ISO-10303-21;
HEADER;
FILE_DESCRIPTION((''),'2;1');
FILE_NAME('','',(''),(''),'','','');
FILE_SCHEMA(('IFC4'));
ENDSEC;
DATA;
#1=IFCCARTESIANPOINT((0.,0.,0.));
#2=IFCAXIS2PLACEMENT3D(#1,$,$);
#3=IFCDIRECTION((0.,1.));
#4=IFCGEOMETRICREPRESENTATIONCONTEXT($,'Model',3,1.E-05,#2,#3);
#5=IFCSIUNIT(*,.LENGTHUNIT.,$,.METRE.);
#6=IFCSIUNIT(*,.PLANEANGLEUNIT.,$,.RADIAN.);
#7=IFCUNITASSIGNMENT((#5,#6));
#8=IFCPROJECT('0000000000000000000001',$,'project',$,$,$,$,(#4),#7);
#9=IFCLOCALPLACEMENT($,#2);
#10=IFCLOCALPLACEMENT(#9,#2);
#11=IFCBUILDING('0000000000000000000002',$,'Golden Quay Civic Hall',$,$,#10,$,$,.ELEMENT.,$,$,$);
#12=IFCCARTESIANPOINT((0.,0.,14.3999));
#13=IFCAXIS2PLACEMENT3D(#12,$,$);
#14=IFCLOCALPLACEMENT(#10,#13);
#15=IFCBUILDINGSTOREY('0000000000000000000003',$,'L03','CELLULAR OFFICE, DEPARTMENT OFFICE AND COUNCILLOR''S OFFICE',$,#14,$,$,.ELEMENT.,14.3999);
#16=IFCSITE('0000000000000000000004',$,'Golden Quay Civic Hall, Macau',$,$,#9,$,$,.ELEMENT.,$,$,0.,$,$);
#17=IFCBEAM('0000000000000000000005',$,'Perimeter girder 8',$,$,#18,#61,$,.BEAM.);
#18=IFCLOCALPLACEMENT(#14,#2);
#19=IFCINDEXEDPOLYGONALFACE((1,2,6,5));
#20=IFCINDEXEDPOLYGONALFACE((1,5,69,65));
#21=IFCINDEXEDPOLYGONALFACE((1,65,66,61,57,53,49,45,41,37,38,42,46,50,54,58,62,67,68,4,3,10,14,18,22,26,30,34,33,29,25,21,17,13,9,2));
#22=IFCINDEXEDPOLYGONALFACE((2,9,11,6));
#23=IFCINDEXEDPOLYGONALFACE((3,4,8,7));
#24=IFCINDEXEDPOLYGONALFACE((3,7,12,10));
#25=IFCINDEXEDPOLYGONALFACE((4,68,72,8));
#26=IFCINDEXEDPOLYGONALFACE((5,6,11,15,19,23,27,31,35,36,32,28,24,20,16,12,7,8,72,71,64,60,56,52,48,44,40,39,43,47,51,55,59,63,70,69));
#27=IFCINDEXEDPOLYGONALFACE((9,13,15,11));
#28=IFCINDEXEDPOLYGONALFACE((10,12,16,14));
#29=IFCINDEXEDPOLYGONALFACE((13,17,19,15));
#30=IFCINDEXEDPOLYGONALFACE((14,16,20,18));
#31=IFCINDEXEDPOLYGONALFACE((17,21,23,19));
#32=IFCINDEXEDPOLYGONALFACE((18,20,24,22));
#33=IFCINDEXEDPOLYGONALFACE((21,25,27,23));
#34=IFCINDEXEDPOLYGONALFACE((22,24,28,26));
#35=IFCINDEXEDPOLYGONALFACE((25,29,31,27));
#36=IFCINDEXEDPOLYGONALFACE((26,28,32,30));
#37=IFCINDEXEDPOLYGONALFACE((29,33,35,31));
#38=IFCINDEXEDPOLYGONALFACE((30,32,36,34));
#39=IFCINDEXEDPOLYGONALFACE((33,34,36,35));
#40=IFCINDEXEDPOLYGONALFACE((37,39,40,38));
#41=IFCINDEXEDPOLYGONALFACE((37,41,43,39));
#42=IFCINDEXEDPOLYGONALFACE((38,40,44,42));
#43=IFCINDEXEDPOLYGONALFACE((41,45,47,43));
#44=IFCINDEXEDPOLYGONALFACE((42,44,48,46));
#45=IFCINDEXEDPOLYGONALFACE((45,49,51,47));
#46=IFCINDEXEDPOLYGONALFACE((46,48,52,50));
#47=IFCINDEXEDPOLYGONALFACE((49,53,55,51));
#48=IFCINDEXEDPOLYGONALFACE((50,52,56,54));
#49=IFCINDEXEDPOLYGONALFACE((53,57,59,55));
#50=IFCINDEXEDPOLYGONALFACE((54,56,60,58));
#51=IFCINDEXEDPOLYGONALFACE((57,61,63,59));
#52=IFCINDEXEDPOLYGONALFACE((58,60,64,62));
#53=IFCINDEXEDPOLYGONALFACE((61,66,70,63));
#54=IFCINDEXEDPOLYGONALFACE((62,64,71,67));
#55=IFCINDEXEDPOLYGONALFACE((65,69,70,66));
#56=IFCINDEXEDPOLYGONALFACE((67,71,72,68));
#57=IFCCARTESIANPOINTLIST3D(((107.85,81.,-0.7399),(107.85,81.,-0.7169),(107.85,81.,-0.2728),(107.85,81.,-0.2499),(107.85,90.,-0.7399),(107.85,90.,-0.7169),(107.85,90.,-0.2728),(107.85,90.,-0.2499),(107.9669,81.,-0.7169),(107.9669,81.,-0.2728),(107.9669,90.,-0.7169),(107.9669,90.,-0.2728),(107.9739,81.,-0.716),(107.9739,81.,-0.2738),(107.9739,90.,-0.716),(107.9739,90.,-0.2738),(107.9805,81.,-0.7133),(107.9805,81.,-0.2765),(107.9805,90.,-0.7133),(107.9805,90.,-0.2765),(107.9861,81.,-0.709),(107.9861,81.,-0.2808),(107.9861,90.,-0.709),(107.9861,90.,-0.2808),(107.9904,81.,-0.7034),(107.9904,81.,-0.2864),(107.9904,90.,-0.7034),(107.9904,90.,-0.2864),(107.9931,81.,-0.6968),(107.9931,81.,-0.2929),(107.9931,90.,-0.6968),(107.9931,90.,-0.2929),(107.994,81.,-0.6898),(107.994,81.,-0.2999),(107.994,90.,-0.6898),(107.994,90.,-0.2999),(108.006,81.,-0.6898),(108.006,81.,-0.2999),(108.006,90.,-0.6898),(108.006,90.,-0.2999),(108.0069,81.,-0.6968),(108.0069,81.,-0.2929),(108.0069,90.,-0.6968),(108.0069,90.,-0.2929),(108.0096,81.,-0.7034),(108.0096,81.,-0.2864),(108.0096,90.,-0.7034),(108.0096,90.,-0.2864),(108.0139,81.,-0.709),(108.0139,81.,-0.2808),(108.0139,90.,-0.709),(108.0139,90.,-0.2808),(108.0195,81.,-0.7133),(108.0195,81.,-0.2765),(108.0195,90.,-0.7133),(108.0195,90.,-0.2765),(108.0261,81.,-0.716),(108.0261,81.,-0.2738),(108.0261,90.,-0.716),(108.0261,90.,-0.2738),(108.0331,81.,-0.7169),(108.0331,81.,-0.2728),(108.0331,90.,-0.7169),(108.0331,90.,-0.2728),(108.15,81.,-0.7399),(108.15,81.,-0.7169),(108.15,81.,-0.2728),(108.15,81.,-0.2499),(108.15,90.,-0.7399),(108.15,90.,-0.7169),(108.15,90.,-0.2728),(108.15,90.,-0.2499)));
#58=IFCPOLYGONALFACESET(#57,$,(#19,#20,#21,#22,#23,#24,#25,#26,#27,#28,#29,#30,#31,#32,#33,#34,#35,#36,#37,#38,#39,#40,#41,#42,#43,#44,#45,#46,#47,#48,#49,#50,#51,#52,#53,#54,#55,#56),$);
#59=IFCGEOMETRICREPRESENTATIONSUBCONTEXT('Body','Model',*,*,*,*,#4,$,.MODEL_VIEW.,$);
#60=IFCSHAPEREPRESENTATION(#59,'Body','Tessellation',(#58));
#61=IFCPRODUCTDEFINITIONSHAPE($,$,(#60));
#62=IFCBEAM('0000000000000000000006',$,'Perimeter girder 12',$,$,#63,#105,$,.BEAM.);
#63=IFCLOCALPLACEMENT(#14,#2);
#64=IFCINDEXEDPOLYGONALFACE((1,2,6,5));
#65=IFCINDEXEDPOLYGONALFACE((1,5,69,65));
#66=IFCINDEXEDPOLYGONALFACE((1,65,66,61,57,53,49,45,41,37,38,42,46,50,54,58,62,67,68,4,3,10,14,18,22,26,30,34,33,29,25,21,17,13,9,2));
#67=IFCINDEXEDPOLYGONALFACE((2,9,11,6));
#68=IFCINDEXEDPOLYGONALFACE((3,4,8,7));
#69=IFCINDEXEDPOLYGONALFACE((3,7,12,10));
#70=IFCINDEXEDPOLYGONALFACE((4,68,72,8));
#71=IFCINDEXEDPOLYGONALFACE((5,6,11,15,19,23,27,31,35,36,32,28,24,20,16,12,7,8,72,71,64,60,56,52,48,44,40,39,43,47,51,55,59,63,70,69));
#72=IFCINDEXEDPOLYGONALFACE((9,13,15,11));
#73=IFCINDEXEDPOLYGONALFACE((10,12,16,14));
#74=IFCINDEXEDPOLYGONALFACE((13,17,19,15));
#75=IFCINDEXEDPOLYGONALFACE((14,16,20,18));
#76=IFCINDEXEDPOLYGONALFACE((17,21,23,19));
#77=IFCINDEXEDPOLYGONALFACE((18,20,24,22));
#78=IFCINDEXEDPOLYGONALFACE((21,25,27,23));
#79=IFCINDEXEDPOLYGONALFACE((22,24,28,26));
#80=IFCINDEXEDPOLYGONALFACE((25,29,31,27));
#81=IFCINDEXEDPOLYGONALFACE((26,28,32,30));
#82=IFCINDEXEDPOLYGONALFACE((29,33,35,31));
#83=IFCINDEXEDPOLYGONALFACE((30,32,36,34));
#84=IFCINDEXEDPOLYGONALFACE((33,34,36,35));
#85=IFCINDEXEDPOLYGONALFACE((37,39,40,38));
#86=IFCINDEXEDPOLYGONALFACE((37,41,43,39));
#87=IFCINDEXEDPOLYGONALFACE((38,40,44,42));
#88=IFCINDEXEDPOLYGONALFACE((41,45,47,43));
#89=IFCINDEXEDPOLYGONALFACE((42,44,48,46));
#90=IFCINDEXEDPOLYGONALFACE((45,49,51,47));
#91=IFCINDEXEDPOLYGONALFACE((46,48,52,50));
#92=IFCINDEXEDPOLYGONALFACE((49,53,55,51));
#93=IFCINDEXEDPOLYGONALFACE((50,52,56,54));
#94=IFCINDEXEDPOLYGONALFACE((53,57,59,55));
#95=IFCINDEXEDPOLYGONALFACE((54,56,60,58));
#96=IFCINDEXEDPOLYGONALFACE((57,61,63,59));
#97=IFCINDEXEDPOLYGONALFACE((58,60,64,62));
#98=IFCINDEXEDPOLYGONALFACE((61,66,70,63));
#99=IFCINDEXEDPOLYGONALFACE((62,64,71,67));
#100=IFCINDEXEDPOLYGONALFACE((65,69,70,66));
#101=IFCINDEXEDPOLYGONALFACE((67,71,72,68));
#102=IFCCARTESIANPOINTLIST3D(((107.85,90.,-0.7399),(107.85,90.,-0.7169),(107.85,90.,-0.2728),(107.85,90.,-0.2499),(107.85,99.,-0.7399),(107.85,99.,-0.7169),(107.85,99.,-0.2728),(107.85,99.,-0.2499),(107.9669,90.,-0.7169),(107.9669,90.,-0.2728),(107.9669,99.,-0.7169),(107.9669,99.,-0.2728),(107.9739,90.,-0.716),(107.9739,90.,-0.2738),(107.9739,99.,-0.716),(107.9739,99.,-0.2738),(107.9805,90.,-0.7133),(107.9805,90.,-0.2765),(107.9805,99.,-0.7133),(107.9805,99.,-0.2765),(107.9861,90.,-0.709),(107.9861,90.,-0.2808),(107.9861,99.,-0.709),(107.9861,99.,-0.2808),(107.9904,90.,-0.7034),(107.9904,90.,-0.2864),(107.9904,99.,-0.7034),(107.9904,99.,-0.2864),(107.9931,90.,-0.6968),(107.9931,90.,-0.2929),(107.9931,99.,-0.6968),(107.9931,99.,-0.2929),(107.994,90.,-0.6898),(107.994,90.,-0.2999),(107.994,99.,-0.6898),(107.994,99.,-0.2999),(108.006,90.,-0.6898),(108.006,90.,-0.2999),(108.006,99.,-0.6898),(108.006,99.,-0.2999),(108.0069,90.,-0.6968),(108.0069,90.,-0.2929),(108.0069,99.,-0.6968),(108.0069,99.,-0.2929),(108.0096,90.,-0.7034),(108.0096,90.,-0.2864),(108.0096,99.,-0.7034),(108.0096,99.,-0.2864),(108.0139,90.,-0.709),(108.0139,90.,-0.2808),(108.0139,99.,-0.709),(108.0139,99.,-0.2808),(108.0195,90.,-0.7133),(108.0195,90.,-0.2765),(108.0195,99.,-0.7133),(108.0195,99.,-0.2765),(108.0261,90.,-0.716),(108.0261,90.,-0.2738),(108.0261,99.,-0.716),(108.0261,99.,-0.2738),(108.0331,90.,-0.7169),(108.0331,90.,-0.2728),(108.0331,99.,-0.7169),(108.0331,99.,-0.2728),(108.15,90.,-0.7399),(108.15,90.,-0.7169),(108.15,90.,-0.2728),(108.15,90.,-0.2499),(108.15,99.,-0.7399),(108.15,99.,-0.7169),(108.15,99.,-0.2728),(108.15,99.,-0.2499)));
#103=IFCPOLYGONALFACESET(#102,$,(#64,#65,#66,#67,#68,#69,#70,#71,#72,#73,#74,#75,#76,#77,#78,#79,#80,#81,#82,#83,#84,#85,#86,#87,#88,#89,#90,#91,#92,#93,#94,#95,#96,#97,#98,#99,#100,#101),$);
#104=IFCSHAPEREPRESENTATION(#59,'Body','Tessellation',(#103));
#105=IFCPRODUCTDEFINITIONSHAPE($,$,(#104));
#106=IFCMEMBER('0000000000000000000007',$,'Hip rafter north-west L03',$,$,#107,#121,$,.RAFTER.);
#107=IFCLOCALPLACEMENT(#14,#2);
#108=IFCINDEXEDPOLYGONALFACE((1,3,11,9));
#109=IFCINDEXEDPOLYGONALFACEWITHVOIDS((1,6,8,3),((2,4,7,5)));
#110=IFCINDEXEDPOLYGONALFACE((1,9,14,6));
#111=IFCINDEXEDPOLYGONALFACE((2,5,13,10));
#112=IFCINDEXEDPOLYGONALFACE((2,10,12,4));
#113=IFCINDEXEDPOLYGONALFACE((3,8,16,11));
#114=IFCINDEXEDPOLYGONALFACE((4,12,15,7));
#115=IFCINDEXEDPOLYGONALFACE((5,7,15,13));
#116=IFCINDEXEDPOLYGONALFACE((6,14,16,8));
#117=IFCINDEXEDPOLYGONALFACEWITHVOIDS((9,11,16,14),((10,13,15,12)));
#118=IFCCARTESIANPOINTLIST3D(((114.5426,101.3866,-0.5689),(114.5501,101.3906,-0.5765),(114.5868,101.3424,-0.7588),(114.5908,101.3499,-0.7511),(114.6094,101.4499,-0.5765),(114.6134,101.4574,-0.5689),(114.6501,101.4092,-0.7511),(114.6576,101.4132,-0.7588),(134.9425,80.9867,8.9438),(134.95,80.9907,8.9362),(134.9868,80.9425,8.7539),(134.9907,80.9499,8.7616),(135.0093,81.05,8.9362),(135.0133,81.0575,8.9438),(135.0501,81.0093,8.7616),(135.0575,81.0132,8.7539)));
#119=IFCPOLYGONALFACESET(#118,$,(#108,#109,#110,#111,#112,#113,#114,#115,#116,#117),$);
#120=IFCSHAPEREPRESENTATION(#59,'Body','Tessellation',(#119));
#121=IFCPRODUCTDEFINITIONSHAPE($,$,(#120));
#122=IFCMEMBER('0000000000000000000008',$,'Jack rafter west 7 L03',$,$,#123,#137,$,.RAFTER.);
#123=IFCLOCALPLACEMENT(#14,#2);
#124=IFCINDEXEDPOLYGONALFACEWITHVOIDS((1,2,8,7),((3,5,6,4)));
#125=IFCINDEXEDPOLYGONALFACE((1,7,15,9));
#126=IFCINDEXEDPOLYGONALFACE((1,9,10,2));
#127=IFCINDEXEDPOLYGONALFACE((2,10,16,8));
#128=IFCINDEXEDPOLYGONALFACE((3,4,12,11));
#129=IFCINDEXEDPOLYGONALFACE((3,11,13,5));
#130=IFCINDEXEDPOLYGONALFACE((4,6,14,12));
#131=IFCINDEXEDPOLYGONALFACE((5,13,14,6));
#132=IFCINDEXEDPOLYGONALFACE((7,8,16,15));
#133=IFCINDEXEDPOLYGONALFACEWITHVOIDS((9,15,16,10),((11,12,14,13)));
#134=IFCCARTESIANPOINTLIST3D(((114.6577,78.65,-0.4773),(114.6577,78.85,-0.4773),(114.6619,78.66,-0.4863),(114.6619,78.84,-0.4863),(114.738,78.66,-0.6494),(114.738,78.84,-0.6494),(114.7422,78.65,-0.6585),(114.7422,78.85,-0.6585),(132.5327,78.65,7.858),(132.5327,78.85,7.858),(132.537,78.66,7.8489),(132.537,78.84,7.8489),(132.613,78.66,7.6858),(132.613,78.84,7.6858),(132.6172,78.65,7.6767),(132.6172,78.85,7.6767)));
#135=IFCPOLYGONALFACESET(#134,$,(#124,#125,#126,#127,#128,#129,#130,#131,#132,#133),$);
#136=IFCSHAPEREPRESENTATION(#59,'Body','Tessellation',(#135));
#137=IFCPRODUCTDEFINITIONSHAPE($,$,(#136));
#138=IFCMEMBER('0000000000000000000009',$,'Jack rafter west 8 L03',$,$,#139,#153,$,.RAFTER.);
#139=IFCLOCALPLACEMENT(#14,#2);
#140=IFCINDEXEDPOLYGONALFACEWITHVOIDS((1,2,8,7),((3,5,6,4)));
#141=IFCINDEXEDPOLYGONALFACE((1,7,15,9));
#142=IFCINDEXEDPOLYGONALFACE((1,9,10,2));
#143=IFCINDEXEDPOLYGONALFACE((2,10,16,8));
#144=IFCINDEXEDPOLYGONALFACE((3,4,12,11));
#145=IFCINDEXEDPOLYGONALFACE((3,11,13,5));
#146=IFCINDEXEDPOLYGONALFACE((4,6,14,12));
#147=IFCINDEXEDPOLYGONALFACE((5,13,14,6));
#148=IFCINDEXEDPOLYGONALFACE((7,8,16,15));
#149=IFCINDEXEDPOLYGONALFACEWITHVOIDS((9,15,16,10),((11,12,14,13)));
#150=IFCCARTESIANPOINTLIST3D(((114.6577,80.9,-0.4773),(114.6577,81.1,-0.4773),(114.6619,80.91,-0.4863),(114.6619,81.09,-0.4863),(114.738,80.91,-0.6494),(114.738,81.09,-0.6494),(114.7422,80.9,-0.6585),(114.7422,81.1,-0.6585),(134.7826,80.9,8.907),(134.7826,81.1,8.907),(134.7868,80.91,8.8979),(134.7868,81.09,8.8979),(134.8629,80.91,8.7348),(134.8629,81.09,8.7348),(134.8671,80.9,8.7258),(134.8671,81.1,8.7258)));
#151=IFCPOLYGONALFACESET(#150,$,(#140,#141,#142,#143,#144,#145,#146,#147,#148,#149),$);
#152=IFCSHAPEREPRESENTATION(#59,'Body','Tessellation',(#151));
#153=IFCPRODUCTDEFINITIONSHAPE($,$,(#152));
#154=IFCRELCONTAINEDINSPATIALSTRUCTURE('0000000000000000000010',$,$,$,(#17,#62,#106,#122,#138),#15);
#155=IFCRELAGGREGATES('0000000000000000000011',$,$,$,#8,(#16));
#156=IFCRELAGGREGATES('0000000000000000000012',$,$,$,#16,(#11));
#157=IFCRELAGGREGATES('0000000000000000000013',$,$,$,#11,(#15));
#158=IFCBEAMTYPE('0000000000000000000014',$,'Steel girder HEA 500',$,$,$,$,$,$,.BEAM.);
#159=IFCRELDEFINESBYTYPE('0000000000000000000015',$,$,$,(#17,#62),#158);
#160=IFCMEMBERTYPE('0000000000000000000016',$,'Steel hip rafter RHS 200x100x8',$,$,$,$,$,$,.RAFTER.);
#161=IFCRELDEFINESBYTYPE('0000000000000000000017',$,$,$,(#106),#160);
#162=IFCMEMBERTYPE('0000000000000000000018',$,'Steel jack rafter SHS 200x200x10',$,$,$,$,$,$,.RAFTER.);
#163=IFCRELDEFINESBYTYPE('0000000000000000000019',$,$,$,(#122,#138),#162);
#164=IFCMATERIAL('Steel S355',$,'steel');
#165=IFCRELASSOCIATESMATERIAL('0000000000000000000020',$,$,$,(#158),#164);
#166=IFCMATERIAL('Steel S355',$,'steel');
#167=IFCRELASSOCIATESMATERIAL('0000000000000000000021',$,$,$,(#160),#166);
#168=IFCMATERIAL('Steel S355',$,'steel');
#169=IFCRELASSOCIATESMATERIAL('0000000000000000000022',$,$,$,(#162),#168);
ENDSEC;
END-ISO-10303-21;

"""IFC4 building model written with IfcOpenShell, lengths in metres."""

from ifc_helpers import new_model, si_unit, direction, frame, origin, origin_2d, place, context, subcontext, project, spatial, hollow_rectangle, i_section, extrude, material, material_profile, profile_set, type_object, element, save


model = new_model("IFC4")

# Units and contexts
model_context = context("Model", 3, precision=1e-05, world=origin(), true_north=direction((0.0, 1.0)))
body_context = subcontext(model_context, "Body", "Model", "MODEL_VIEW")
ifc_project = project(units=[si_unit("LENGTHUNIT", "METRE"), si_unit("PLANEANGLEUNIT", "RADIAN")], contexts=[model_context])

# Site, building, storey
site_placement = place(None, origin())
site = spatial("IfcSite", under=ifc_project, at=site_placement, Name="Golden Quay Civic Hall, Macau", CompositionType="ELEMENT", RefElevation=0.0)
building_placement = place(site_placement, origin())
building = spatial("IfcBuilding", under=site, at=building_placement, Name="Golden Quay Civic Hall", CompositionType="ELEMENT")
storey_placement = place(building_placement, frame((0.0, 0.0, 14.3999)))
storey = spatial("IfcBuildingStorey", under=building, at=storey_placement, Name="L03", Description="CELLULAR OFFICE, DEPARTMENT OFFICE AND COUNCILLOR'S OFFICE", CompositionType="ELEMENT", Elevation=14.3999)

# Beams
ifc_material_1 = material(Name="Steel S355", Category="steel")
ifc_material_profile_1 = material_profile(ifc_material_1, i_section(OverallWidth=0.3, OverallDepth=0.49, WebThickness=0.012, FlangeThickness=0.0229, FilletRadius=0.0271, at=origin_2d()), Name="HEA 500")
ifc_profile_set_1 = profile_set([ifc_material_profile_1], Name="Steel S355")
beam_type_1 = type_object("IfcBeamType", Name="Steel girder HEA 500", PredefinedType="BEAM", material=ifc_profile_set_1)
for number, where, z_axis, x_axis, name in (
    (1, (108.0, 81.0, -0.4949), (0.0, 1.0, 0.0), (-1.0, 0.0, 0.0), "Perimeter girder 8"),
    (2, (108.0, 90.0, -0.4949), (0.0, 1.0, 0.0), (-1.0, 0.0, 0.0), "Perimeter girder 12"),
):
    element("IfcBeam", number, at=place(storey_placement, frame(where, z_axis=z_axis, x_axis=x_axis)), inside=storey, type_object=beam_type_1, Name=name, PredefinedType="BEAM", context=body_context, shape_type="SweptSolid", body=[
        extrude(i_section(OverallWidth=0.3, OverallDepth=0.49, WebThickness=0.012, FlangeThickness=0.0229, FilletRadius=0.0271, at=origin_2d()), origin(), (0.0, 0.0, 1.0), 9.0),
    ])

# Members
ifc_material_2 = material(Name="Steel S355", Category="steel")
ifc_material_profile_2 = material_profile(ifc_material_2, hollow_rectangle(XDim=0.1001, YDim=0.2, WallThickness=0.0081, at=origin_2d()), Name="RHS 200x100x8")
ifc_profile_set_2 = profile_set([ifc_material_profile_2], Name="Steel S355")
member_type_1 = type_object("IfcMemberType", Name="Steel hip rafter RHS 200x100x8", PredefinedType="RAFTER", material=ifc_profile_set_2)
member_1_placement = place(storey_placement, frame((114.6001, 101.3999, -0.6638), z_axis=(0.671542, -0.671542, 0.313148), x_axis=(0.707107, 0.707107, 0.0)))
element("IfcMember", 3, at=member_1_placement, inside=storey, type_object=member_type_1, Name="Hip rafter north-west L03", PredefinedType="RAFTER", context=body_context, shape_type="SweptSolid", body=[
    extrude(hollow_rectangle(XDim=0.1001, YDim=0.2, WallThickness=0.0081, at=origin_2d()), origin(), (0.0, 0.0, 1.0), 30.3777),
])
ifc_material_3 = material(Name="Steel S355", Category="steel")
ifc_material_profile_3 = material_profile(ifc_material_3, hollow_rectangle(XDim=0.2, YDim=0.2, WallThickness=0.01, at=origin_2d()), Name="SHS 200x200x10")
ifc_profile_set_3 = profile_set([ifc_material_profile_3], Name="Steel S355")
member_type_2 = type_object("IfcMemberType", Name="Steel jack rafter SHS 200x200x10", PredefinedType="RAFTER", material=ifc_profile_set_3)
member_2_placement = place(storey_placement, frame((114.7, 78.75, -0.5679), z_axis=(0.906309, 0.0, 0.422616), x_axis=(0.0, 1.0, 0.0)))
element("IfcMember", 4, at=member_2_placement, inside=storey, type_object=member_type_2, Name="Jack rafter west 7 L03", PredefinedType="RAFTER", context=body_context, shape_type="SweptSolid", body=[
    extrude(hollow_rectangle(XDim=0.2, YDim=0.2, WallThickness=0.01, at=origin_2d()), origin(), (0.0, 0.0, 1.0), 19.7229),
])
member_3_placement = place(storey_placement, frame((114.7, 81.0, -0.5679), z_axis=(0.906311, 0.0, 0.422612), x_axis=(0.0, 1.0, 0.0)))
element("IfcMember", 5, at=member_3_placement, inside=storey, type_object=member_type_2, Name="Jack rafter west 8 L03", PredefinedType="RAFTER", context=body_context, shape_type="SweptSolid", body=[
    extrude(hollow_rectangle(XDim=0.2, YDim=0.2, WallThickness=0.01, at=origin_2d()), origin(), (0.0, 0.0, 1.0), 22.2053),
])

save(model, "model.ifc")
